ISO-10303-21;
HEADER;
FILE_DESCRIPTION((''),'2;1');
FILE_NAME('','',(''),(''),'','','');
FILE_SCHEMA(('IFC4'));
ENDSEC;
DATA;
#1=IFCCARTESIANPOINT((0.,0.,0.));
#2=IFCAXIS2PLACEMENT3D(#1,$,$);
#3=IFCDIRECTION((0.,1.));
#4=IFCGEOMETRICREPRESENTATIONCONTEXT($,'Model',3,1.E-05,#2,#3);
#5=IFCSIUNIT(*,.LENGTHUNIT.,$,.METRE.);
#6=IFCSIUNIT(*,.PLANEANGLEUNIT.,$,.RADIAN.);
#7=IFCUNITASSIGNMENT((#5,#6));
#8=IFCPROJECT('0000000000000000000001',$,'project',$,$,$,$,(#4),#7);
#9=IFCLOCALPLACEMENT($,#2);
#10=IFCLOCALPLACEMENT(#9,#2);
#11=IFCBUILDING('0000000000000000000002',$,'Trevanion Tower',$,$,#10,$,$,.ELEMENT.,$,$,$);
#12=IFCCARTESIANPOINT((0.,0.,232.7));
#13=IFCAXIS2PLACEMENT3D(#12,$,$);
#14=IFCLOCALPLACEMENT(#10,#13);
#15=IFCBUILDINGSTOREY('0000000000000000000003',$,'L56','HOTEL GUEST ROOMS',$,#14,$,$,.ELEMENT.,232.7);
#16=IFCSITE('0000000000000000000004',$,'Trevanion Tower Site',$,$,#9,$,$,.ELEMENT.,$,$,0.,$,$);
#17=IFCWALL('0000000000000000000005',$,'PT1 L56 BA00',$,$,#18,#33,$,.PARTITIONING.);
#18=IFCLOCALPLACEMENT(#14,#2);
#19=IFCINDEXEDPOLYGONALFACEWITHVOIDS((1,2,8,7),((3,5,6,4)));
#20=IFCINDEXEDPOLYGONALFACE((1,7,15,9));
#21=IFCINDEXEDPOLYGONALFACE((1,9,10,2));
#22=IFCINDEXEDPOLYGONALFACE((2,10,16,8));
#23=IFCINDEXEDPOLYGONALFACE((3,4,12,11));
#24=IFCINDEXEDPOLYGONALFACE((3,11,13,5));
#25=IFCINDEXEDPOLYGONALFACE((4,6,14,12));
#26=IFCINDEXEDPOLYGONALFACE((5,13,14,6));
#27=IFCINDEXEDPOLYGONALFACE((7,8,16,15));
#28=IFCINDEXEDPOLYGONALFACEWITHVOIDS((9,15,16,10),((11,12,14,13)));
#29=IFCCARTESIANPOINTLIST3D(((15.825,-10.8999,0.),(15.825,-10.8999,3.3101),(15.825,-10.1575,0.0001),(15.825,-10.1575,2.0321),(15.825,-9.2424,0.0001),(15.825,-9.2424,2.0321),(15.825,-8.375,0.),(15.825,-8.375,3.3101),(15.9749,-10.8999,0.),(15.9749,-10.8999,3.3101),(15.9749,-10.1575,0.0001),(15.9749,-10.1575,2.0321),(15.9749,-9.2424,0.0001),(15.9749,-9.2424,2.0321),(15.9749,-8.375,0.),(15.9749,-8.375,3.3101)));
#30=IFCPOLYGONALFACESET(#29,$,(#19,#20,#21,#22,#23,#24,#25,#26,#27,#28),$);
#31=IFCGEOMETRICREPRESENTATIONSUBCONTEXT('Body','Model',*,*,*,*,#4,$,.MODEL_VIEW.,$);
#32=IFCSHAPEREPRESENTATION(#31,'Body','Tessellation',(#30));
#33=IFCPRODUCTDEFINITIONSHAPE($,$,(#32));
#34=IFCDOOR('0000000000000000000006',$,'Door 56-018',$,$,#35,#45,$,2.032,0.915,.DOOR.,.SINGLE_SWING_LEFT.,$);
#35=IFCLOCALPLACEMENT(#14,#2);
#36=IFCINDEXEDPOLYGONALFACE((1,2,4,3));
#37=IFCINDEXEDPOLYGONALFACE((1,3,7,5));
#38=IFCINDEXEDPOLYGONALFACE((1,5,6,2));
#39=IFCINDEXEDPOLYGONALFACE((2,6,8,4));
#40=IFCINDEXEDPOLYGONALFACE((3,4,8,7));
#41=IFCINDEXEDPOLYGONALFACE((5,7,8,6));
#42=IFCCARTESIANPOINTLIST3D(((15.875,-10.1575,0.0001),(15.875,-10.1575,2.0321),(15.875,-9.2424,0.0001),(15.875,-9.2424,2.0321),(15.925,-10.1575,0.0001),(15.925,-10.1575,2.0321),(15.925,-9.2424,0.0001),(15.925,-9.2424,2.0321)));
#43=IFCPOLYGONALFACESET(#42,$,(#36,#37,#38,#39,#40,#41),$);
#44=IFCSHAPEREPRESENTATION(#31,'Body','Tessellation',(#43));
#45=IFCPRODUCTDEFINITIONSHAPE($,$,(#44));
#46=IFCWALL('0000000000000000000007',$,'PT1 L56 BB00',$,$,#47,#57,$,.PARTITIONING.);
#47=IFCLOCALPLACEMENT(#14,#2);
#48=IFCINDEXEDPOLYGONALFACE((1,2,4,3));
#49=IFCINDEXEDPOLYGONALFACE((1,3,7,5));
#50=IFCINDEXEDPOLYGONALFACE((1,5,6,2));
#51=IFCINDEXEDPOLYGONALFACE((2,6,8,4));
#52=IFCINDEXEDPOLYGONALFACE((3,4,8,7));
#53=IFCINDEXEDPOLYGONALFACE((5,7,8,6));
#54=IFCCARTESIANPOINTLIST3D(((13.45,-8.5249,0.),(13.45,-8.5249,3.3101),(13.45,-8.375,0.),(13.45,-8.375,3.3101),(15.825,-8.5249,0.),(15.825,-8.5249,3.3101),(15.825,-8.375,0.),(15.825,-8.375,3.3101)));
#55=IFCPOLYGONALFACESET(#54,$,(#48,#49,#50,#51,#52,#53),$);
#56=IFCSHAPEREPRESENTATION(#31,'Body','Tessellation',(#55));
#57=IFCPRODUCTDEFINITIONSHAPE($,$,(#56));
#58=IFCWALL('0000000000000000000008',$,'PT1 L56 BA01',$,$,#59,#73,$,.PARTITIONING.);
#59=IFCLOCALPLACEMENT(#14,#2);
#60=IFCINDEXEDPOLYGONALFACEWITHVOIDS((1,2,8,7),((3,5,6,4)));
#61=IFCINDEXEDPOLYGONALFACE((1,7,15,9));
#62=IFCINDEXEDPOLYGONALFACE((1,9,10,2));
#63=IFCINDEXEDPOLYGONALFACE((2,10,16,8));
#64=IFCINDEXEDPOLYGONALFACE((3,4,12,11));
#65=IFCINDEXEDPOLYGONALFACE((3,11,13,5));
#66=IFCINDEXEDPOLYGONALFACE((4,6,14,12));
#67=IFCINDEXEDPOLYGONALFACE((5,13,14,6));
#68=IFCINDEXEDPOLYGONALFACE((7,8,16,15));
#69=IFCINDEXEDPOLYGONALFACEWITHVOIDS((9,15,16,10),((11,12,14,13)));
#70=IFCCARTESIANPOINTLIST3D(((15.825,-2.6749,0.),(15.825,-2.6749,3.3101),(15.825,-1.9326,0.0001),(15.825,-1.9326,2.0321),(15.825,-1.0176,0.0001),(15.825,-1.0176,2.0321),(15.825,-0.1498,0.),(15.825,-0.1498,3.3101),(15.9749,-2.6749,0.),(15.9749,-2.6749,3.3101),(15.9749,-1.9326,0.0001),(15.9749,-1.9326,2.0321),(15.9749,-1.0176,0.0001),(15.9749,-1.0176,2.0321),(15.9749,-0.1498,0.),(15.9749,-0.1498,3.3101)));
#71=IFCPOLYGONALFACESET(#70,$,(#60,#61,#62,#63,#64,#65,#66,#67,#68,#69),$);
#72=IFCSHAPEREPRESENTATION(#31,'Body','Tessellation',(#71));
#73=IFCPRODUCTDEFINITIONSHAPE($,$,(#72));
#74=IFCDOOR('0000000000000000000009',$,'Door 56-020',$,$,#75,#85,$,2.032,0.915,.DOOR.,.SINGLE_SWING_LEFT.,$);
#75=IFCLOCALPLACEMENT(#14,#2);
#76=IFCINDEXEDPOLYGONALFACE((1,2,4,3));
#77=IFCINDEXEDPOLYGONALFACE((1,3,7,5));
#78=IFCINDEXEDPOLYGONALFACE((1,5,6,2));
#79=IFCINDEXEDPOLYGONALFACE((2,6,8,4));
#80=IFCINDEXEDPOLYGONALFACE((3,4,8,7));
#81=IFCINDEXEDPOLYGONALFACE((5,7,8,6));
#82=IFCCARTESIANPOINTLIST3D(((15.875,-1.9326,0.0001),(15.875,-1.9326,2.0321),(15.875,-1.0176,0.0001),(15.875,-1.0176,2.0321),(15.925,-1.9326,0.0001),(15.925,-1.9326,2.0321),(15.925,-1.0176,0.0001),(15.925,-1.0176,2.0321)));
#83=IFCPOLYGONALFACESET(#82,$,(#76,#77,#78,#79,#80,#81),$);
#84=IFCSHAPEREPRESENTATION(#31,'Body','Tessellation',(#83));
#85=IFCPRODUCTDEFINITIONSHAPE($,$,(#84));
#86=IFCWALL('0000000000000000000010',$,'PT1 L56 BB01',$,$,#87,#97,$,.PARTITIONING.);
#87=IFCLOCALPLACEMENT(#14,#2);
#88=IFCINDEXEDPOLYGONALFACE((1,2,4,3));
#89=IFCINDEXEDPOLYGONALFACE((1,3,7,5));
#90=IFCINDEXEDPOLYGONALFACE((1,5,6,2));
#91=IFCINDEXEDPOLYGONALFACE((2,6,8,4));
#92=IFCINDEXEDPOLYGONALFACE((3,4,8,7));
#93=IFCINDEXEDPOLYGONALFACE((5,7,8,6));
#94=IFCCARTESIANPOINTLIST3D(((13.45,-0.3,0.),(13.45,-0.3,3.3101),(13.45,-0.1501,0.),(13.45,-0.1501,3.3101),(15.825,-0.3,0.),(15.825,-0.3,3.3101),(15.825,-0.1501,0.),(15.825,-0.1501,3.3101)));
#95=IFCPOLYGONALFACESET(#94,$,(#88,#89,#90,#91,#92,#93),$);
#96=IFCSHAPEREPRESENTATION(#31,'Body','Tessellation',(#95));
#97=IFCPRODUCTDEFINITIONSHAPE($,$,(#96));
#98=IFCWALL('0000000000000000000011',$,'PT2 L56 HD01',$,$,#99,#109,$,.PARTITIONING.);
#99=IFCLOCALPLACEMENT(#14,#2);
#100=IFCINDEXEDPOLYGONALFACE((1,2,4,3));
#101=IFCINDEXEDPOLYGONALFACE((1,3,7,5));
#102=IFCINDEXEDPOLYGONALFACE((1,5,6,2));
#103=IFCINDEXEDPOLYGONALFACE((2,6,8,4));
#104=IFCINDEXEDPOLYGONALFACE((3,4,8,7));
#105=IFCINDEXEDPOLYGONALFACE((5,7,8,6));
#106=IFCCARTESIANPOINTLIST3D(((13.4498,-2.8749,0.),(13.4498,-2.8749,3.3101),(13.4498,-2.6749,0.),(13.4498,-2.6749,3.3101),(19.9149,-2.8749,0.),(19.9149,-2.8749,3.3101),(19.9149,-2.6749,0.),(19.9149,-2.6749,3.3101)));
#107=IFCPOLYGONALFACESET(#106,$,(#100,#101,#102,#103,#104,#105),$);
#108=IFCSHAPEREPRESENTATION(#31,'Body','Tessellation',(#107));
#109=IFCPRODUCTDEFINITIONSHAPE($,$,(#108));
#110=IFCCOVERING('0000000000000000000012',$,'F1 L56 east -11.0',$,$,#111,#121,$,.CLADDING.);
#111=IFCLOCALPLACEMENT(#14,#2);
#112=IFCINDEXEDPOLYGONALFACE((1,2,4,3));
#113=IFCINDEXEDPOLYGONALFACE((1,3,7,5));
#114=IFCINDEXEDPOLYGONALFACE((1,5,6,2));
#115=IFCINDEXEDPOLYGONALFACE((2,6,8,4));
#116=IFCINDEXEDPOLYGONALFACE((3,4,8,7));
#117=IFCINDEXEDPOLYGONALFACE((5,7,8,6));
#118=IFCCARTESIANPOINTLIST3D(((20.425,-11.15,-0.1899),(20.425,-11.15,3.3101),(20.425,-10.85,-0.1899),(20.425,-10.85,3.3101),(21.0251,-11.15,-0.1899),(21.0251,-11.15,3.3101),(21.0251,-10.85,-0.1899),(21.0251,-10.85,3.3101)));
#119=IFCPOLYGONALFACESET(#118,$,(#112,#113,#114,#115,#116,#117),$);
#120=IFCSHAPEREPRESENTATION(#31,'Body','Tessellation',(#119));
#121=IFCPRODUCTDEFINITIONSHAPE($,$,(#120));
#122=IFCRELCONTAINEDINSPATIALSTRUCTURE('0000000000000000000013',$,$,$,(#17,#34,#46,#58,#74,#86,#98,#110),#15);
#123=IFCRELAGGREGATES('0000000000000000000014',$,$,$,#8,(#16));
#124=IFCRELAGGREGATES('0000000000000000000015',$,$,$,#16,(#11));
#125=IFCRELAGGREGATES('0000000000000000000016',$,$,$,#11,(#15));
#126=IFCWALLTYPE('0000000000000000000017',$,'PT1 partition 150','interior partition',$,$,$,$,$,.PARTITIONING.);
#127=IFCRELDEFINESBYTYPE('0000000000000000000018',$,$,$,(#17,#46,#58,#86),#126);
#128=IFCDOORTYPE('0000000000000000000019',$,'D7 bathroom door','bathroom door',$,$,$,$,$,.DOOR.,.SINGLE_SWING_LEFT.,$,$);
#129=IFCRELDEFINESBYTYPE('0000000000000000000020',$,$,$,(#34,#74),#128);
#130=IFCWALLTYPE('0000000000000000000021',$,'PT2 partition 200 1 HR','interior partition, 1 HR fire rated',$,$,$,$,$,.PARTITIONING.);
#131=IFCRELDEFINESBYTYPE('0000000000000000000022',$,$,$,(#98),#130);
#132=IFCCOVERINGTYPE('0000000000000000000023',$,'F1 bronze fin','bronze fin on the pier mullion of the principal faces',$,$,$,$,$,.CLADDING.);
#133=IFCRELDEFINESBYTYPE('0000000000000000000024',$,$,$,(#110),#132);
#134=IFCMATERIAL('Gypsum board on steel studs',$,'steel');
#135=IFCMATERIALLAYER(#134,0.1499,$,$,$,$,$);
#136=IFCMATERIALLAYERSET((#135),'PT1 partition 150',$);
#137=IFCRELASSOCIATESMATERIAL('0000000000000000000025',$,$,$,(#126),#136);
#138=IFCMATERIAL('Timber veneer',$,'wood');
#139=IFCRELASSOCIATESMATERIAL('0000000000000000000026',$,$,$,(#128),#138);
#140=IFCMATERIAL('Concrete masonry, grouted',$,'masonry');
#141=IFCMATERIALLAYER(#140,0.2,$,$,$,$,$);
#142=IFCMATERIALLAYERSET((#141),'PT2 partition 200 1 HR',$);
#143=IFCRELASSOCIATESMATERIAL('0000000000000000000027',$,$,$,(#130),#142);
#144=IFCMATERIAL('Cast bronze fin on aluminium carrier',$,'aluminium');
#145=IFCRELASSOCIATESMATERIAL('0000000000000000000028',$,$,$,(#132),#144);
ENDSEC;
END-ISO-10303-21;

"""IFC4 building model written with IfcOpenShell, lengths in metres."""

from ifc_helpers import new_model, si_unit, direction, frame, frame_2d, origin, origin_2d, place, context, subcontext, project, spatial, rectangle, extrude, material, layer, layer_set, type_object, element, fill, save


model = new_model("IFC4")

# Units and contexts
model_context = context("Model", 3, precision=1e-05, world=origin(), true_north=direction((0.0, 1.0)))
body_context = subcontext(model_context, "Body", "Model", "MODEL_VIEW")
ifc_project = project(units=[si_unit("LENGTHUNIT", "METRE"), si_unit("PLANEANGLEUNIT", "RADIAN")], contexts=[model_context])

# Site, building, storey
site_placement = place(None, origin())
site = spatial("IfcSite", under=ifc_project, at=site_placement, Name="Trevanion Tower Site", CompositionType="ELEMENT", RefElevation=0.0)
building_placement = place(site_placement, origin())
building = spatial("IfcBuilding", under=site, at=building_placement, Name="Trevanion Tower", CompositionType="ELEMENT")
storey_placement = place(building_placement, frame((0.0, 0.0, 232.7)))
storey = spatial("IfcBuildingStorey", under=building, at=storey_placement, Name="L56", Description="HOTEL GUEST ROOMS", CompositionType="ELEMENT", Elevation=232.7)

# Wall, opening, door
ifc_material_1 = material(Name="Gypsum board on steel studs", Category="steel")
ifc_layer_1 = layer(ifc_material_1, 0.1499)
ifc_layer_set_1 = layer_set([ifc_layer_1], Name="PT1 partition 150")
wall_type_1 = type_object("IfcWallType", Name="PT1 partition 150", Description="interior partition", PredefinedType="PARTITIONING", material=ifc_layer_set_1)
wall_1_placement = place(storey_placement, frame((15.8999, -10.8999, 0.0), z_axis=(0.0, 0.0, 1.0), x_axis=(0.0, 1.0, 0.0)))
wall_1 = element("IfcWall", 1, at=wall_1_placement, inside=storey, type_object=wall_type_1, Name="PT1 L56 BA00", PredefinedType="PARTITIONING", context=body_context, shape_type="SweptSolid", body=[
    extrude(rectangle(XDim=2.5249, YDim=0.1499, at=frame_2d((1.2625, 0.0))), origin(), (0.0, 0.0, 1.0), 3.3101),
])
opening_1_placement = place(wall_1_placement, frame((0.7424, 0.0, 0.0)))
opening_1 = element("IfcOpeningElement", 2, at=opening_1_placement, cuts=wall_1, PredefinedType="OPENING", context=body_context, shape_type="SweptSolid", body=[
    extrude(rectangle(XDim=0.915, YDim=2.032, at=frame_2d((0.4575, 1.0161))), frame((0.0, 0.085, 0.0), z_axis=(0.0, -1.0, 0.0), x_axis=(1.0, 0.0, 0.0)), (0.0, 0.0, 1.0), 0.1699),
])
ifc_material_2 = material(Name="Timber veneer", Category="wood")
door_type = type_object("IfcDoorType", Name="D7 bathroom door", Description="bathroom door", OperationType="SINGLE_SWING_LEFT", PredefinedType="DOOR", material=ifc_material_2)
door_1_placement = place(opening_1_placement, origin())
door_1 = element("IfcDoor", 3, at=door_1_placement, inside=storey, type_object=door_type, Name="Door 56-018", OperationType="SINGLE_SWING_LEFT", OverallHeight=2.032, OverallWidth=0.915, PredefinedType="DOOR", context=body_context, shape_type="SweptSolid", body=[
    extrude(rectangle(XDim=0.915, YDim=2.032, at=frame_2d((0.4575, 1.0161))), frame((0.0, 0.0249, 0.0), z_axis=(0.0, -1.0, 0.0), x_axis=(1.0, 0.0, 0.0)), (0.0, 0.0, 1.0), 0.05),
])
fill(opening_1, door_1)

# Wall
wall_2_placement = place(storey_placement, frame((13.45, -8.45, 0.0), z_axis=(0.0, 0.0, 1.0), x_axis=(1.0, 0.0, 0.0)))
element("IfcWall", 4, at=wall_2_placement, inside=storey, type_object=wall_type_1, Name="PT1 L56 BB00", PredefinedType="PARTITIONING", context=body_context, shape_type="SweptSolid", body=[
    extrude(rectangle(XDim=2.375, YDim=0.1499, at=frame_2d((1.1875, 0.0))), origin(), (0.0, 0.0, 1.0), 3.3101),
])

# Wall, opening, door
wall_3_placement = place(storey_placement, frame((15.8999, -2.675, 0.0), z_axis=(0.0, 0.0, 1.0), x_axis=(0.0, 1.0, 0.0)))
wall_3 = element("IfcWall", 5, at=wall_3_placement, inside=storey, type_object=wall_type_1, Name="PT1 L56 BA01", PredefinedType="PARTITIONING", context=body_context, shape_type="SweptSolid", body=[
    extrude(rectangle(XDim=2.5251, YDim=0.1499, at=frame_2d((1.2627, 0.0))), origin(), (0.0, 0.0, 1.0), 3.3101),
])
opening_2_placement = place(wall_3_placement, frame((0.7424, 0.0, 0.0)))
opening_2 = element("IfcOpeningElement", 6, at=opening_2_placement, cuts=wall_3, PredefinedType="OPENING", context=body_context, shape_type="SweptSolid", body=[
    extrude(rectangle(XDim=0.915, YDim=2.032, at=frame_2d((0.4575, 1.0161))), frame((0.0, 0.085, 0.0), z_axis=(0.0, -1.0, 0.0), x_axis=(1.0, 0.0, 0.0)), (0.0, 0.0, 1.0), 0.1699),
])
door_2_placement = place(opening_2_placement, origin())
door_2 = element("IfcDoor", 7, at=door_2_placement, inside=storey, type_object=door_type, Name="Door 56-020", OperationType="SINGLE_SWING_LEFT", OverallHeight=2.032, OverallWidth=0.915, PredefinedType="DOOR", context=body_context, shape_type="SweptSolid", body=[
    extrude(rectangle(XDim=0.915, YDim=2.032, at=frame_2d((0.4575, 1.0161))), frame((0.0, 0.0249, 0.0), z_axis=(0.0, -1.0, 0.0), x_axis=(1.0, 0.0, 0.0)), (0.0, 0.0, 1.0), 0.05),
])
fill(opening_2, door_2)

# Walls
wall_4_placement = place(storey_placement, frame((13.45, -0.2251, 0.0), z_axis=(0.0, 0.0, 1.0), x_axis=(1.0, 0.0, 0.0)))
element("IfcWall", 8, at=wall_4_placement, inside=storey, type_object=wall_type_1, Name="PT1 L56 BB01", PredefinedType="PARTITIONING", context=body_context, shape_type="SweptSolid", body=[
    extrude(rectangle(XDim=2.375, YDim=0.1499, at=frame_2d((1.1875, 0.0))), origin(), (0.0, 0.0, 1.0), 3.3101),
])
ifc_material_3 = material(Name="Concrete masonry, grouted", Category="masonry")
ifc_layer_2 = layer(ifc_material_3, 0.2)
ifc_layer_set_2 = layer_set([ifc_layer_2], Name="PT2 partition 200 1 HR")
wall_type_2 = type_object("IfcWallType", Name="PT2 partition 200 1 HR", Description="interior partition, 1 HR fire rated", PredefinedType="PARTITIONING", material=ifc_layer_set_2)
wall_5_placement = place(storey_placement, frame((13.45, -2.7749, 0.0), z_axis=(0.0, 0.0, 1.0), x_axis=(1.0, 0.0, 0.0)))
element("IfcWall", 9, at=wall_5_placement, inside=storey, type_object=wall_type_2, Name="PT2 L56 HD01", PredefinedType="PARTITIONING", context=body_context, shape_type="SweptSolid", body=[
    extrude(rectangle(XDim=6.4651, YDim=0.2, at=frame_2d((3.2324, 0.0))), origin(), (0.0, 0.0, 1.0), 3.3101),
])

# Covering
ifc_material_4 = material(Name="Cast bronze fin on aluminium carrier", Category="aluminium")
covering_type = type_object("IfcCoveringType", Name="F1 bronze fin", Description="bronze fin on the pier mullion of the principal faces", PredefinedType="CLADDING", material=ifc_material_4)
covering_placement = place(storey_placement, frame((20.7251, -11.0, -0.1899), z_axis=(0.0, 0.0, 1.0), x_axis=(0.0, 1.0, 0.0)))
element("IfcCovering", 10, at=covering_placement, inside=storey, type_object=covering_type, Name="F1 L56 east -11.0", PredefinedType="CLADDING", context=body_context, shape_type="SweptSolid", body=[
    extrude(rectangle(XDim=0.3, YDim=0.6001, at=origin_2d()), origin(), (0.0, 0.0, 1.0), 3.5),
])

save(model, "model.ifc")
